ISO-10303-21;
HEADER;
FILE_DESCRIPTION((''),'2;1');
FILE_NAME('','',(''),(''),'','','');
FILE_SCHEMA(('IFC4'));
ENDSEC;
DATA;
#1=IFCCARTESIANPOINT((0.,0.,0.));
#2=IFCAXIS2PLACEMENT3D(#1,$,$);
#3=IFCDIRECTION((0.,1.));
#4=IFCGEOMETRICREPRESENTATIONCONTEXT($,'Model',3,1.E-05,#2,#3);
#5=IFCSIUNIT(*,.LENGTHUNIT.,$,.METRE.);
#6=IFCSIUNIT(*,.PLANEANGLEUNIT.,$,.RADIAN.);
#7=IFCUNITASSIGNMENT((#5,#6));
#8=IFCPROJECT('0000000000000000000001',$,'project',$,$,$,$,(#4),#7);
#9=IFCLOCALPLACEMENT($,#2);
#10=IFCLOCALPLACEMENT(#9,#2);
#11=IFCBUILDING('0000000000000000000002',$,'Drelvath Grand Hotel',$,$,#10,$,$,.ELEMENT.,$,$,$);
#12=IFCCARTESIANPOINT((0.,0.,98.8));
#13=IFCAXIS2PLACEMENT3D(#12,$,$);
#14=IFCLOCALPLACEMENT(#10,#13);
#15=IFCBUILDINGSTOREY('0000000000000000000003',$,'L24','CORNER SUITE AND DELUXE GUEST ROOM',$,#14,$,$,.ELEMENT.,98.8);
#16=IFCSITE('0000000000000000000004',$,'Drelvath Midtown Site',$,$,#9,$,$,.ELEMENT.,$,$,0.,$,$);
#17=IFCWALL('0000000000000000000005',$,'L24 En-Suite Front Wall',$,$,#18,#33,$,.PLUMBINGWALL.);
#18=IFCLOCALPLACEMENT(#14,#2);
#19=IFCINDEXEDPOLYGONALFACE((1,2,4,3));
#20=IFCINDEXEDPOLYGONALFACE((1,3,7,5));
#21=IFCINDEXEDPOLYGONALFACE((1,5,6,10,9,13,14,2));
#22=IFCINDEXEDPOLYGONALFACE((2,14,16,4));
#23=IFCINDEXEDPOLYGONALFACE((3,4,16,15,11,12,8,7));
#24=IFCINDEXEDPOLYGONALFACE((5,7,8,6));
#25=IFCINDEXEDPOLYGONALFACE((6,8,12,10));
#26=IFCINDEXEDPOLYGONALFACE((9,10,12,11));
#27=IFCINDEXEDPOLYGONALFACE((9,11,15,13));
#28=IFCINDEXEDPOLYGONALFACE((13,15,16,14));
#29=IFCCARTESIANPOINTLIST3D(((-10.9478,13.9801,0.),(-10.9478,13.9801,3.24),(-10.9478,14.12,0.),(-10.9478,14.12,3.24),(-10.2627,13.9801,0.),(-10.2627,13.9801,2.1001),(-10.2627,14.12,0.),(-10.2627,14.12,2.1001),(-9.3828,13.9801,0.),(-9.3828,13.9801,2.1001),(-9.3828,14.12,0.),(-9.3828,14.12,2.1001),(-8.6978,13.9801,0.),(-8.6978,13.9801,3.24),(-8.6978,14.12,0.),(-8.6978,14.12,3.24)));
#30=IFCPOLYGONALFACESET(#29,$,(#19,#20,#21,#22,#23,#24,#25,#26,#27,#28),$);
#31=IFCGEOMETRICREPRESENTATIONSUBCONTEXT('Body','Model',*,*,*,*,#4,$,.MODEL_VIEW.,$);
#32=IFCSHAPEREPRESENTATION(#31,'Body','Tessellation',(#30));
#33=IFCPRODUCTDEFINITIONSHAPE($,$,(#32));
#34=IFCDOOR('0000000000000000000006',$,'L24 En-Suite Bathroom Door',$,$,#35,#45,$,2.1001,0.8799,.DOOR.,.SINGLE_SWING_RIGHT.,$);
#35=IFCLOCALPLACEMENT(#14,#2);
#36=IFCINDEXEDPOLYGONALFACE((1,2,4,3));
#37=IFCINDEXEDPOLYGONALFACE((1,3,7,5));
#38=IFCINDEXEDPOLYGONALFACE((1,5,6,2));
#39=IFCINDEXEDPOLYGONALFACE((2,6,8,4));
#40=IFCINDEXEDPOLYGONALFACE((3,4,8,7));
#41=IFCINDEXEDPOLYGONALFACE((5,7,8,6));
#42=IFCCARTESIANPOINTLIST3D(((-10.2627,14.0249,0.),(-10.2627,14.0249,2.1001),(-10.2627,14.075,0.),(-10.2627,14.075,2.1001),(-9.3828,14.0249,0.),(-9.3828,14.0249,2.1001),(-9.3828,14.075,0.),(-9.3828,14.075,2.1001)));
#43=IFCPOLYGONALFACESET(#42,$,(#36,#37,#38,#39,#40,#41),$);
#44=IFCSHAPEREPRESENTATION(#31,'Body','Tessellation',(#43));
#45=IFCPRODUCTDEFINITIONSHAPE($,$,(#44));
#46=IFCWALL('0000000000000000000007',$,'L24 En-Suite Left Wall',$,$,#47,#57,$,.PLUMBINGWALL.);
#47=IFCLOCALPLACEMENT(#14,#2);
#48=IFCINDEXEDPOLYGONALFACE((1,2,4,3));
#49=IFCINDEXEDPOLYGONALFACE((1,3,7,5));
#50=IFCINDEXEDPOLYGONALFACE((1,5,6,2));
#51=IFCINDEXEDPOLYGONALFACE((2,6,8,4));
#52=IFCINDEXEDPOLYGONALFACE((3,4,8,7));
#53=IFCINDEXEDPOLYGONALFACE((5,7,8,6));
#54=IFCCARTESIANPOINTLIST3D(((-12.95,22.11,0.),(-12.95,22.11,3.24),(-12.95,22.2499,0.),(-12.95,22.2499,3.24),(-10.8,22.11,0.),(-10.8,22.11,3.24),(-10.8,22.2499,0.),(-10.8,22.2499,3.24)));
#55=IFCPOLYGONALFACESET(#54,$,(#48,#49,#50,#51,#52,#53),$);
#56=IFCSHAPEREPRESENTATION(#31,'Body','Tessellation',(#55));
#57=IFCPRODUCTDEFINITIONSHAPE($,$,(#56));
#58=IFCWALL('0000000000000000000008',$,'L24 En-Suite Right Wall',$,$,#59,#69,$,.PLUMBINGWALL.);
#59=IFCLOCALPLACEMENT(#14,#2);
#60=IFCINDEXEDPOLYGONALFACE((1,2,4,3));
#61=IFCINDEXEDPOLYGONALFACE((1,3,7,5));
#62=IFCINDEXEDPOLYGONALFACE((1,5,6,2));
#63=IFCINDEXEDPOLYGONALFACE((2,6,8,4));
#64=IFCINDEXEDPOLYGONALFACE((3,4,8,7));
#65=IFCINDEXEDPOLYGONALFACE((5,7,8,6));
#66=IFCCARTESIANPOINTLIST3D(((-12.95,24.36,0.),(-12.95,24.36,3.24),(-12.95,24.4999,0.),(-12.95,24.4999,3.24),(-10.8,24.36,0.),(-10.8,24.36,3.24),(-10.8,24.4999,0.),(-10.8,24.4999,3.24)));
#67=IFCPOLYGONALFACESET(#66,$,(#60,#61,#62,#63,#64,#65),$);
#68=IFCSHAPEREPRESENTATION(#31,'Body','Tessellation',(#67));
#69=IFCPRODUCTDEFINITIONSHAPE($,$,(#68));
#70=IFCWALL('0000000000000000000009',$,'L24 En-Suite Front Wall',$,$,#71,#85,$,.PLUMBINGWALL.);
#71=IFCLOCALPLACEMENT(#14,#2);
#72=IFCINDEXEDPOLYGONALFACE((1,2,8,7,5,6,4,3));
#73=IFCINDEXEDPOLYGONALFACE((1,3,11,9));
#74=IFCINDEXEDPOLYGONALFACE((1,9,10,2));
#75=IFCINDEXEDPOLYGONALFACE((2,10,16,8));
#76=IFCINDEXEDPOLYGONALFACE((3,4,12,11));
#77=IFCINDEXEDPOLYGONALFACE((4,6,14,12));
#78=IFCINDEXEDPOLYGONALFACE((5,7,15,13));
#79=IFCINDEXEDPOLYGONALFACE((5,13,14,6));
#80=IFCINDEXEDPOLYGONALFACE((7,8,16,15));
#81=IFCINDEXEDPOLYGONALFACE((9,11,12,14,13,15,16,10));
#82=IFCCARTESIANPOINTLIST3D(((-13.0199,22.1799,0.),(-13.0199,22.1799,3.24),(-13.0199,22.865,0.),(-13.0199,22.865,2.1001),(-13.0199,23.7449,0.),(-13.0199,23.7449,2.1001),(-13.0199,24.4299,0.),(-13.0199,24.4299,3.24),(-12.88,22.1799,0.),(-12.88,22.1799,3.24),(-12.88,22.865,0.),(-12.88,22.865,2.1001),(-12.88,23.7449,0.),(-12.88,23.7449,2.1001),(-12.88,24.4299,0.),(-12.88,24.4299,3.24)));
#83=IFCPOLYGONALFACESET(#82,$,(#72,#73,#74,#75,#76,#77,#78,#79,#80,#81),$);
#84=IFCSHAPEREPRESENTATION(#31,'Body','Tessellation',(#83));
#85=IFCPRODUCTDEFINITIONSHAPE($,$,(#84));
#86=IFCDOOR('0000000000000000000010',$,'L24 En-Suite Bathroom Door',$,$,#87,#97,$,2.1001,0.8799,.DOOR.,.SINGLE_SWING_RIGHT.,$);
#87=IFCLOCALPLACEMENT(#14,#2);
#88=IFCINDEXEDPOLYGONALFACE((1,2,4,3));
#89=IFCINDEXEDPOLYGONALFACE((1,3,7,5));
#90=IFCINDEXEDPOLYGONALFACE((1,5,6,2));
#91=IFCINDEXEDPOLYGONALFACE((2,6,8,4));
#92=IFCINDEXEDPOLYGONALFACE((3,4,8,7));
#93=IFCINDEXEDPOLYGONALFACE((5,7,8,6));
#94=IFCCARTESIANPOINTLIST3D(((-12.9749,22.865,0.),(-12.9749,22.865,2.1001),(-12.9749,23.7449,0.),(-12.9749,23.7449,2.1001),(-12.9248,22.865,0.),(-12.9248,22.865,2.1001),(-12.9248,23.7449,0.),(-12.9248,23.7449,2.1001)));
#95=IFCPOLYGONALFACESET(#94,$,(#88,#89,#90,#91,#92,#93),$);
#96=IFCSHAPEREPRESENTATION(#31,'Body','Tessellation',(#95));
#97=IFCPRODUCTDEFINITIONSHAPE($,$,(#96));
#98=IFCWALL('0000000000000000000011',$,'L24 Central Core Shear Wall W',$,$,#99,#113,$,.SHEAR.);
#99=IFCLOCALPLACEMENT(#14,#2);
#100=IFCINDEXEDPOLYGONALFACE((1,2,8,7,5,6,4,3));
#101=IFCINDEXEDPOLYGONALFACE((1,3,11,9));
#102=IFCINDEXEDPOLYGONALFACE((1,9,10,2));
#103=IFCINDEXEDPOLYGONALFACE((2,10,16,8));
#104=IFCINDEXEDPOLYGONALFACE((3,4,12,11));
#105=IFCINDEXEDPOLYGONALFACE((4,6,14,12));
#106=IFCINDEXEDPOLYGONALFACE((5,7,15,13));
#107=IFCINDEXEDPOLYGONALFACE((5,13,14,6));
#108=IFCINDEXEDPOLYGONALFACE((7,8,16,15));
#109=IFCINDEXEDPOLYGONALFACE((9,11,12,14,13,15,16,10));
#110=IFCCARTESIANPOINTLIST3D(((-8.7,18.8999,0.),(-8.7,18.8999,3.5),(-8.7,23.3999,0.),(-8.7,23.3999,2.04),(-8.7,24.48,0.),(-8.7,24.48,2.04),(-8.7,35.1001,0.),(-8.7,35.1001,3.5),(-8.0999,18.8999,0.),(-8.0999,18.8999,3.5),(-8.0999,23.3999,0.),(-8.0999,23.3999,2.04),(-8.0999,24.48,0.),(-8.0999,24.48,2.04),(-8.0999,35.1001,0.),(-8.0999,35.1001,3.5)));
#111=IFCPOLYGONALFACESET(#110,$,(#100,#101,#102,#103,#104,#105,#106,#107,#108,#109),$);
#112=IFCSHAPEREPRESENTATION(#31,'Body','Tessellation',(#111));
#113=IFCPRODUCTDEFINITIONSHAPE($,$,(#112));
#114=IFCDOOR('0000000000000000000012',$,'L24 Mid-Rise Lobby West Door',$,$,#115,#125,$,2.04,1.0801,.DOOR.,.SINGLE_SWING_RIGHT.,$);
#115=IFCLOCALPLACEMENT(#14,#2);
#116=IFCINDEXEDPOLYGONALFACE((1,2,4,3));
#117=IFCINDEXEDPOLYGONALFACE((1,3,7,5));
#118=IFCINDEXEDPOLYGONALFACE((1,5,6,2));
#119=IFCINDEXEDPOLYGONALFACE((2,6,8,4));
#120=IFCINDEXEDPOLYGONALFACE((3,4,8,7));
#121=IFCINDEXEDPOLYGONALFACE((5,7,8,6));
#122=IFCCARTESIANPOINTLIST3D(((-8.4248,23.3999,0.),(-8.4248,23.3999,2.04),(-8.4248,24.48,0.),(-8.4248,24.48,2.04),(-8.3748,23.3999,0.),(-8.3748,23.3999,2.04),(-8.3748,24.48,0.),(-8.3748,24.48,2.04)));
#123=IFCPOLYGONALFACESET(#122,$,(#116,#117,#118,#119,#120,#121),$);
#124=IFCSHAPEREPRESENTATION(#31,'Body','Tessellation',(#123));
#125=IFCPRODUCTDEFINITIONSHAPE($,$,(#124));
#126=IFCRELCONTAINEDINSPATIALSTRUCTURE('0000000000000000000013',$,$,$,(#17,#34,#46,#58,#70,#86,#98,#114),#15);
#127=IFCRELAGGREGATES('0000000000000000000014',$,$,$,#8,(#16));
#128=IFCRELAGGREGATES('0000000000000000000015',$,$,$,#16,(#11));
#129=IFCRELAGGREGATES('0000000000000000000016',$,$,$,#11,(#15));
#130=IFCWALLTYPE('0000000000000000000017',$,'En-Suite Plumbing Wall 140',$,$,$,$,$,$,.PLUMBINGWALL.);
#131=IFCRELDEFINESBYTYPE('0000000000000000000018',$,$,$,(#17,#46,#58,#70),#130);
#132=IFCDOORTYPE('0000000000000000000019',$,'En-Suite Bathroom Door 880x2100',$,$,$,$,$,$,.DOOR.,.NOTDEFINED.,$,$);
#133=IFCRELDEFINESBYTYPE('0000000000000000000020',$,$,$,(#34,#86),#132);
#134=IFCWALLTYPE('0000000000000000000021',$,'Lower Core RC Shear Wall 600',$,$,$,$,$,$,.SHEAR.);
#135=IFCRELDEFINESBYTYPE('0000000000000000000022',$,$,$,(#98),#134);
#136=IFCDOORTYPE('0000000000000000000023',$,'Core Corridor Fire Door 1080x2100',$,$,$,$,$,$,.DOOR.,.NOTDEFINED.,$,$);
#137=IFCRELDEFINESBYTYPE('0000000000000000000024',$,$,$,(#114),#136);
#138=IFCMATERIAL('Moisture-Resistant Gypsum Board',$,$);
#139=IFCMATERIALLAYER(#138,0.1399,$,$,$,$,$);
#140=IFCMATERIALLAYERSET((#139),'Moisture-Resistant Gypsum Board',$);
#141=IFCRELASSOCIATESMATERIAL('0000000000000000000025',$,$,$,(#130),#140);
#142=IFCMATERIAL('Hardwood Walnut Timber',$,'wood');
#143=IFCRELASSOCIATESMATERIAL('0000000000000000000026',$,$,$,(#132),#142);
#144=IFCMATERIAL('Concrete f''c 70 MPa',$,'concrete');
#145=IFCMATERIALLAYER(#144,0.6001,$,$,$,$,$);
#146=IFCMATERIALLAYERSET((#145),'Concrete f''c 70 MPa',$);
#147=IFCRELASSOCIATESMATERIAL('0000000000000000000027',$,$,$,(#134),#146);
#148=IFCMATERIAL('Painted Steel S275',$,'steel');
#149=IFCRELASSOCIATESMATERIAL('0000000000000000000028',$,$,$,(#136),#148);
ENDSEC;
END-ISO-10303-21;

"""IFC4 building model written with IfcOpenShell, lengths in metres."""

from ifc_helpers import new_model, si_unit, direction, frame, frame_2d, origin, place, context, subcontext, project, spatial, rectangle, extrude, material, layer, layer_set, type_object, element, fill, save


model = new_model("IFC4")

# Units and contexts
model_context = context("Model", 3, precision=1e-05, world=origin(), true_north=direction((0.0, 1.0)))
body_context = subcontext(model_context, "Body", "Model", "MODEL_VIEW")
ifc_project = project(units=[si_unit("LENGTHUNIT", "METRE"), si_unit("PLANEANGLEUNIT", "RADIAN")], contexts=[model_context])

# Site, building, storey
site_placement = place(None, origin())
site = spatial("IfcSite", under=ifc_project, at=site_placement, Name="Drelvath Midtown Site", CompositionType="ELEMENT", RefElevation=0.0)
building_placement = place(site_placement, origin())
building = spatial("IfcBuilding", under=site, at=building_placement, Name="Drelvath Grand Hotel", CompositionType="ELEMENT")
storey_placement = place(building_placement, frame((0.0, 0.0, 98.8)))
storey = spatial("IfcBuildingStorey", under=building, at=storey_placement, Name="L24", Description="CORNER SUITE AND DELUXE GUEST ROOM", CompositionType="ELEMENT", Elevation=98.8)

# Shared definitions
ifc_material_1 = material(Name="Concrete f'c 70 MPa", Category="concrete")

# Shared definitions
ifc_material_2 = material(Name="Painted Steel S275", Category="steel")

# Shared definitions
ifc_material_3 = material(Name="Hardwood Walnut Timber", Category="wood")

# Shared definitions
ifc_material_4 = material(Name="Moisture-Resistant Gypsum Board")
ifc_layer_1 = layer(ifc_material_4, 0.1399)
ifc_layer_set_1 = layer_set([ifc_layer_1], Name="Moisture-Resistant Gypsum Board")
wall_type_1 = type_object("IfcWallType", Name="En-Suite Plumbing Wall 140", PredefinedType="PLUMBINGWALL", material=ifc_layer_set_1)

# Wall, opening, door
wall_1_placement = place(storey_placement, frame((-10.9478, 14.05, 0.0), z_axis=(0.0, 0.0, 1.0), x_axis=(1.0, 0.0, 0.0)))
wall_1 = element("IfcWall", 1, at=wall_1_placement, inside=storey, type_object=wall_type_1, Name="L24 En-Suite Front Wall", PredefinedType="PLUMBINGWALL", context=body_context, shape_type="SweptSolid", body=[
    extrude(rectangle(XDim=2.25, YDim=0.1399, at=frame_2d((1.125, 0.0))), origin(), (0.0, 0.0, 1.0), 3.24),
])
opening_1_placement = place(wall_1_placement, frame((0.6851, 0.0, 0.0)))
opening_1 = element("IfcOpeningElement", 2, at=opening_1_placement, cuts=wall_1, PredefinedType="OPENING", context=body_context, shape_type="SweptSolid", body=[
    extrude(rectangle(XDim=0.8799, YDim=2.1001, at=frame_2d((0.4399, 1.05))), frame((0.0, 0.0798, 0.0), z_axis=(0.0, -1.0, 0.0), x_axis=(1.0, 0.0, 0.0)), (0.0, 0.0, 1.0), 0.1599),
])
door_type_1 = type_object("IfcDoorType", Name="En-Suite Bathroom Door 880x2100", OperationType="NOTDEFINED", PredefinedType="DOOR", material=ifc_material_3)
door_1_placement = place(opening_1_placement, origin())
door_1 = element("IfcDoor", 3, at=door_1_placement, inside=storey, type_object=door_type_1, Name="L24 En-Suite Bathroom Door", OperationType="SINGLE_SWING_RIGHT", OverallHeight=2.1001, OverallWidth=0.8799, PredefinedType="DOOR", context=body_context, shape_type="SweptSolid", body=[
    extrude(rectangle(XDim=0.8799, YDim=2.1001, at=frame_2d((0.4399, 1.05))), frame((0.0, 0.0249, 0.0), z_axis=(0.0, -1.0, 0.0), x_axis=(1.0, 0.0, 0.0)), (0.0, 0.0, 1.0), 0.05),
])
fill(opening_1, door_1)

# Walls
for number, where, z_axis, x_axis, name in (
    (4, (-10.8, 22.1799, 0.0), (0.0, 0.0, 1.0), (-1.0, 0.0, 0.0), "L24 En-Suite Left Wall"),
    (5, (-10.8, 24.4299, 0.0), (0.0, 0.0, 1.0), (-1.0, 0.0, 0.0), "L24 En-Suite Right Wall"),
):
    element("IfcWall", number, at=place(storey_placement, frame(where, z_axis=z_axis, x_axis=x_axis)), inside=storey, type_object=wall_type_1, Name=name, PredefinedType="PLUMBINGWALL", context=body_context, shape_type="SweptSolid", body=[
        extrude(rectangle(XDim=2.1499, YDim=0.1399, at=frame_2d((1.075, 0.0))), origin(), (0.0, 0.0, 1.0), 3.24),
    ])

# Walls, openings, doors
wall_2_placement = place(storey_placement, frame((-12.95, 22.1799, 0.0), z_axis=(0.0, 0.0, 1.0), x_axis=(0.0, 1.0, 0.0)))
wall_2 = element("IfcWall", 6, at=wall_2_placement, inside=storey, type_object=wall_type_1, Name="L24 En-Suite Front Wall", PredefinedType="PLUMBINGWALL", context=body_context, shape_type="SweptSolid", body=[
    extrude(rectangle(XDim=2.25, YDim=0.1399, at=frame_2d((1.125, 0.0))), origin(), (0.0, 0.0, 1.0), 3.24),
])
opening_2_placement = place(wall_2_placement, frame((0.6851, 0.0, 0.0)))
opening_2 = element("IfcOpeningElement", 7, at=opening_2_placement, cuts=wall_2, PredefinedType="OPENING", context=body_context, shape_type="SweptSolid", body=[
    extrude(rectangle(XDim=0.8799, YDim=2.1001, at=frame_2d((0.4399, 1.05))), frame((0.0, 0.0798, 0.0), z_axis=(0.0, -1.0, 0.0), x_axis=(1.0, 0.0, 0.0)), (0.0, 0.0, 1.0), 0.1599),
])
door_2_placement = place(opening_2_placement, origin())
door_2 = element("IfcDoor", 8, at=door_2_placement, inside=storey, type_object=door_type_1, Name="L24 En-Suite Bathroom Door", OperationType="SINGLE_SWING_RIGHT", OverallHeight=2.1001, OverallWidth=0.8799, PredefinedType="DOOR", context=body_context, shape_type="SweptSolid", body=[
    extrude(rectangle(XDim=0.8799, YDim=2.1001, at=frame_2d((0.4399, 1.05))), frame((0.0, 0.0249, 0.0), z_axis=(0.0, -1.0, 0.0), x_axis=(1.0, 0.0, 0.0)), (0.0, 0.0, 1.0), 0.05),
])
fill(opening_2, door_2)
ifc_layer_2 = layer(ifc_material_1, 0.6001)
ifc_layer_set_2 = layer_set([ifc_layer_2], Name="Concrete f'c 70 MPa")
wall_type_2 = type_object("IfcWallType", Name="Lower Core RC Shear Wall 600", PredefinedType="SHEAR", material=ifc_layer_set_2)
wall_3_placement = place(storey_placement, frame((-8.3999, 18.8999, 0.0), z_axis=(0.0, 0.0, 1.0), x_axis=(0.0, 1.0, 0.0)))
wall_3 = element("IfcWall", 9, at=wall_3_placement, inside=storey, type_object=wall_type_2, Name="L24 Central Core Shear Wall W", PredefinedType="SHEAR", context=body_context, shape_type="SweptSolid", body=[
    extrude(rectangle(XDim=16.2002, YDim=0.6001, at=frame_2d((8.1001, 0.0))), origin(), (0.0, 0.0, 1.0), 3.5),
])
opening_3_placement = place(wall_3_placement, frame((4.5, 0.0, 0.0)))
opening_3 = element("IfcOpeningElement", 10, at=opening_3_placement, cuts=wall_3, PredefinedType="OPENING", context=body_context, shape_type="SweptSolid", body=[
    extrude(rectangle(XDim=1.0801, YDim=2.04, at=frame_2d((0.54, 1.02))), frame((0.0, 0.3101, 0.0), z_axis=(0.0, -1.0, 0.0), x_axis=(1.0, 0.0, 0.0)), (0.0, 0.0, 1.0), 0.6201),
])
door_type_2 = type_object("IfcDoorType", Name="Core Corridor Fire Door 1080x2100", OperationType="NOTDEFINED", PredefinedType="DOOR", material=ifc_material_2)
door_3_placement = place(opening_3_placement, origin())
door_3 = element("IfcDoor", 11, at=door_3_placement, inside=storey, type_object=door_type_2, Name="L24 Mid-Rise Lobby West Door", OperationType="SINGLE_SWING_RIGHT", OverallHeight=2.04, OverallWidth=1.0801, PredefinedType="DOOR", context=body_context, shape_type="SweptSolid", body=[
    extrude(rectangle(XDim=1.0801, YDim=2.04, at=frame_2d((0.54, 1.02))), frame((0.0, 0.0249, 0.0), z_axis=(0.0, -1.0, 0.0), x_axis=(1.0, 0.0, 0.0)), (0.0, 0.0, 1.0), 0.05),
])
fill(opening_3, door_3)

save(model, "model.ifc")
